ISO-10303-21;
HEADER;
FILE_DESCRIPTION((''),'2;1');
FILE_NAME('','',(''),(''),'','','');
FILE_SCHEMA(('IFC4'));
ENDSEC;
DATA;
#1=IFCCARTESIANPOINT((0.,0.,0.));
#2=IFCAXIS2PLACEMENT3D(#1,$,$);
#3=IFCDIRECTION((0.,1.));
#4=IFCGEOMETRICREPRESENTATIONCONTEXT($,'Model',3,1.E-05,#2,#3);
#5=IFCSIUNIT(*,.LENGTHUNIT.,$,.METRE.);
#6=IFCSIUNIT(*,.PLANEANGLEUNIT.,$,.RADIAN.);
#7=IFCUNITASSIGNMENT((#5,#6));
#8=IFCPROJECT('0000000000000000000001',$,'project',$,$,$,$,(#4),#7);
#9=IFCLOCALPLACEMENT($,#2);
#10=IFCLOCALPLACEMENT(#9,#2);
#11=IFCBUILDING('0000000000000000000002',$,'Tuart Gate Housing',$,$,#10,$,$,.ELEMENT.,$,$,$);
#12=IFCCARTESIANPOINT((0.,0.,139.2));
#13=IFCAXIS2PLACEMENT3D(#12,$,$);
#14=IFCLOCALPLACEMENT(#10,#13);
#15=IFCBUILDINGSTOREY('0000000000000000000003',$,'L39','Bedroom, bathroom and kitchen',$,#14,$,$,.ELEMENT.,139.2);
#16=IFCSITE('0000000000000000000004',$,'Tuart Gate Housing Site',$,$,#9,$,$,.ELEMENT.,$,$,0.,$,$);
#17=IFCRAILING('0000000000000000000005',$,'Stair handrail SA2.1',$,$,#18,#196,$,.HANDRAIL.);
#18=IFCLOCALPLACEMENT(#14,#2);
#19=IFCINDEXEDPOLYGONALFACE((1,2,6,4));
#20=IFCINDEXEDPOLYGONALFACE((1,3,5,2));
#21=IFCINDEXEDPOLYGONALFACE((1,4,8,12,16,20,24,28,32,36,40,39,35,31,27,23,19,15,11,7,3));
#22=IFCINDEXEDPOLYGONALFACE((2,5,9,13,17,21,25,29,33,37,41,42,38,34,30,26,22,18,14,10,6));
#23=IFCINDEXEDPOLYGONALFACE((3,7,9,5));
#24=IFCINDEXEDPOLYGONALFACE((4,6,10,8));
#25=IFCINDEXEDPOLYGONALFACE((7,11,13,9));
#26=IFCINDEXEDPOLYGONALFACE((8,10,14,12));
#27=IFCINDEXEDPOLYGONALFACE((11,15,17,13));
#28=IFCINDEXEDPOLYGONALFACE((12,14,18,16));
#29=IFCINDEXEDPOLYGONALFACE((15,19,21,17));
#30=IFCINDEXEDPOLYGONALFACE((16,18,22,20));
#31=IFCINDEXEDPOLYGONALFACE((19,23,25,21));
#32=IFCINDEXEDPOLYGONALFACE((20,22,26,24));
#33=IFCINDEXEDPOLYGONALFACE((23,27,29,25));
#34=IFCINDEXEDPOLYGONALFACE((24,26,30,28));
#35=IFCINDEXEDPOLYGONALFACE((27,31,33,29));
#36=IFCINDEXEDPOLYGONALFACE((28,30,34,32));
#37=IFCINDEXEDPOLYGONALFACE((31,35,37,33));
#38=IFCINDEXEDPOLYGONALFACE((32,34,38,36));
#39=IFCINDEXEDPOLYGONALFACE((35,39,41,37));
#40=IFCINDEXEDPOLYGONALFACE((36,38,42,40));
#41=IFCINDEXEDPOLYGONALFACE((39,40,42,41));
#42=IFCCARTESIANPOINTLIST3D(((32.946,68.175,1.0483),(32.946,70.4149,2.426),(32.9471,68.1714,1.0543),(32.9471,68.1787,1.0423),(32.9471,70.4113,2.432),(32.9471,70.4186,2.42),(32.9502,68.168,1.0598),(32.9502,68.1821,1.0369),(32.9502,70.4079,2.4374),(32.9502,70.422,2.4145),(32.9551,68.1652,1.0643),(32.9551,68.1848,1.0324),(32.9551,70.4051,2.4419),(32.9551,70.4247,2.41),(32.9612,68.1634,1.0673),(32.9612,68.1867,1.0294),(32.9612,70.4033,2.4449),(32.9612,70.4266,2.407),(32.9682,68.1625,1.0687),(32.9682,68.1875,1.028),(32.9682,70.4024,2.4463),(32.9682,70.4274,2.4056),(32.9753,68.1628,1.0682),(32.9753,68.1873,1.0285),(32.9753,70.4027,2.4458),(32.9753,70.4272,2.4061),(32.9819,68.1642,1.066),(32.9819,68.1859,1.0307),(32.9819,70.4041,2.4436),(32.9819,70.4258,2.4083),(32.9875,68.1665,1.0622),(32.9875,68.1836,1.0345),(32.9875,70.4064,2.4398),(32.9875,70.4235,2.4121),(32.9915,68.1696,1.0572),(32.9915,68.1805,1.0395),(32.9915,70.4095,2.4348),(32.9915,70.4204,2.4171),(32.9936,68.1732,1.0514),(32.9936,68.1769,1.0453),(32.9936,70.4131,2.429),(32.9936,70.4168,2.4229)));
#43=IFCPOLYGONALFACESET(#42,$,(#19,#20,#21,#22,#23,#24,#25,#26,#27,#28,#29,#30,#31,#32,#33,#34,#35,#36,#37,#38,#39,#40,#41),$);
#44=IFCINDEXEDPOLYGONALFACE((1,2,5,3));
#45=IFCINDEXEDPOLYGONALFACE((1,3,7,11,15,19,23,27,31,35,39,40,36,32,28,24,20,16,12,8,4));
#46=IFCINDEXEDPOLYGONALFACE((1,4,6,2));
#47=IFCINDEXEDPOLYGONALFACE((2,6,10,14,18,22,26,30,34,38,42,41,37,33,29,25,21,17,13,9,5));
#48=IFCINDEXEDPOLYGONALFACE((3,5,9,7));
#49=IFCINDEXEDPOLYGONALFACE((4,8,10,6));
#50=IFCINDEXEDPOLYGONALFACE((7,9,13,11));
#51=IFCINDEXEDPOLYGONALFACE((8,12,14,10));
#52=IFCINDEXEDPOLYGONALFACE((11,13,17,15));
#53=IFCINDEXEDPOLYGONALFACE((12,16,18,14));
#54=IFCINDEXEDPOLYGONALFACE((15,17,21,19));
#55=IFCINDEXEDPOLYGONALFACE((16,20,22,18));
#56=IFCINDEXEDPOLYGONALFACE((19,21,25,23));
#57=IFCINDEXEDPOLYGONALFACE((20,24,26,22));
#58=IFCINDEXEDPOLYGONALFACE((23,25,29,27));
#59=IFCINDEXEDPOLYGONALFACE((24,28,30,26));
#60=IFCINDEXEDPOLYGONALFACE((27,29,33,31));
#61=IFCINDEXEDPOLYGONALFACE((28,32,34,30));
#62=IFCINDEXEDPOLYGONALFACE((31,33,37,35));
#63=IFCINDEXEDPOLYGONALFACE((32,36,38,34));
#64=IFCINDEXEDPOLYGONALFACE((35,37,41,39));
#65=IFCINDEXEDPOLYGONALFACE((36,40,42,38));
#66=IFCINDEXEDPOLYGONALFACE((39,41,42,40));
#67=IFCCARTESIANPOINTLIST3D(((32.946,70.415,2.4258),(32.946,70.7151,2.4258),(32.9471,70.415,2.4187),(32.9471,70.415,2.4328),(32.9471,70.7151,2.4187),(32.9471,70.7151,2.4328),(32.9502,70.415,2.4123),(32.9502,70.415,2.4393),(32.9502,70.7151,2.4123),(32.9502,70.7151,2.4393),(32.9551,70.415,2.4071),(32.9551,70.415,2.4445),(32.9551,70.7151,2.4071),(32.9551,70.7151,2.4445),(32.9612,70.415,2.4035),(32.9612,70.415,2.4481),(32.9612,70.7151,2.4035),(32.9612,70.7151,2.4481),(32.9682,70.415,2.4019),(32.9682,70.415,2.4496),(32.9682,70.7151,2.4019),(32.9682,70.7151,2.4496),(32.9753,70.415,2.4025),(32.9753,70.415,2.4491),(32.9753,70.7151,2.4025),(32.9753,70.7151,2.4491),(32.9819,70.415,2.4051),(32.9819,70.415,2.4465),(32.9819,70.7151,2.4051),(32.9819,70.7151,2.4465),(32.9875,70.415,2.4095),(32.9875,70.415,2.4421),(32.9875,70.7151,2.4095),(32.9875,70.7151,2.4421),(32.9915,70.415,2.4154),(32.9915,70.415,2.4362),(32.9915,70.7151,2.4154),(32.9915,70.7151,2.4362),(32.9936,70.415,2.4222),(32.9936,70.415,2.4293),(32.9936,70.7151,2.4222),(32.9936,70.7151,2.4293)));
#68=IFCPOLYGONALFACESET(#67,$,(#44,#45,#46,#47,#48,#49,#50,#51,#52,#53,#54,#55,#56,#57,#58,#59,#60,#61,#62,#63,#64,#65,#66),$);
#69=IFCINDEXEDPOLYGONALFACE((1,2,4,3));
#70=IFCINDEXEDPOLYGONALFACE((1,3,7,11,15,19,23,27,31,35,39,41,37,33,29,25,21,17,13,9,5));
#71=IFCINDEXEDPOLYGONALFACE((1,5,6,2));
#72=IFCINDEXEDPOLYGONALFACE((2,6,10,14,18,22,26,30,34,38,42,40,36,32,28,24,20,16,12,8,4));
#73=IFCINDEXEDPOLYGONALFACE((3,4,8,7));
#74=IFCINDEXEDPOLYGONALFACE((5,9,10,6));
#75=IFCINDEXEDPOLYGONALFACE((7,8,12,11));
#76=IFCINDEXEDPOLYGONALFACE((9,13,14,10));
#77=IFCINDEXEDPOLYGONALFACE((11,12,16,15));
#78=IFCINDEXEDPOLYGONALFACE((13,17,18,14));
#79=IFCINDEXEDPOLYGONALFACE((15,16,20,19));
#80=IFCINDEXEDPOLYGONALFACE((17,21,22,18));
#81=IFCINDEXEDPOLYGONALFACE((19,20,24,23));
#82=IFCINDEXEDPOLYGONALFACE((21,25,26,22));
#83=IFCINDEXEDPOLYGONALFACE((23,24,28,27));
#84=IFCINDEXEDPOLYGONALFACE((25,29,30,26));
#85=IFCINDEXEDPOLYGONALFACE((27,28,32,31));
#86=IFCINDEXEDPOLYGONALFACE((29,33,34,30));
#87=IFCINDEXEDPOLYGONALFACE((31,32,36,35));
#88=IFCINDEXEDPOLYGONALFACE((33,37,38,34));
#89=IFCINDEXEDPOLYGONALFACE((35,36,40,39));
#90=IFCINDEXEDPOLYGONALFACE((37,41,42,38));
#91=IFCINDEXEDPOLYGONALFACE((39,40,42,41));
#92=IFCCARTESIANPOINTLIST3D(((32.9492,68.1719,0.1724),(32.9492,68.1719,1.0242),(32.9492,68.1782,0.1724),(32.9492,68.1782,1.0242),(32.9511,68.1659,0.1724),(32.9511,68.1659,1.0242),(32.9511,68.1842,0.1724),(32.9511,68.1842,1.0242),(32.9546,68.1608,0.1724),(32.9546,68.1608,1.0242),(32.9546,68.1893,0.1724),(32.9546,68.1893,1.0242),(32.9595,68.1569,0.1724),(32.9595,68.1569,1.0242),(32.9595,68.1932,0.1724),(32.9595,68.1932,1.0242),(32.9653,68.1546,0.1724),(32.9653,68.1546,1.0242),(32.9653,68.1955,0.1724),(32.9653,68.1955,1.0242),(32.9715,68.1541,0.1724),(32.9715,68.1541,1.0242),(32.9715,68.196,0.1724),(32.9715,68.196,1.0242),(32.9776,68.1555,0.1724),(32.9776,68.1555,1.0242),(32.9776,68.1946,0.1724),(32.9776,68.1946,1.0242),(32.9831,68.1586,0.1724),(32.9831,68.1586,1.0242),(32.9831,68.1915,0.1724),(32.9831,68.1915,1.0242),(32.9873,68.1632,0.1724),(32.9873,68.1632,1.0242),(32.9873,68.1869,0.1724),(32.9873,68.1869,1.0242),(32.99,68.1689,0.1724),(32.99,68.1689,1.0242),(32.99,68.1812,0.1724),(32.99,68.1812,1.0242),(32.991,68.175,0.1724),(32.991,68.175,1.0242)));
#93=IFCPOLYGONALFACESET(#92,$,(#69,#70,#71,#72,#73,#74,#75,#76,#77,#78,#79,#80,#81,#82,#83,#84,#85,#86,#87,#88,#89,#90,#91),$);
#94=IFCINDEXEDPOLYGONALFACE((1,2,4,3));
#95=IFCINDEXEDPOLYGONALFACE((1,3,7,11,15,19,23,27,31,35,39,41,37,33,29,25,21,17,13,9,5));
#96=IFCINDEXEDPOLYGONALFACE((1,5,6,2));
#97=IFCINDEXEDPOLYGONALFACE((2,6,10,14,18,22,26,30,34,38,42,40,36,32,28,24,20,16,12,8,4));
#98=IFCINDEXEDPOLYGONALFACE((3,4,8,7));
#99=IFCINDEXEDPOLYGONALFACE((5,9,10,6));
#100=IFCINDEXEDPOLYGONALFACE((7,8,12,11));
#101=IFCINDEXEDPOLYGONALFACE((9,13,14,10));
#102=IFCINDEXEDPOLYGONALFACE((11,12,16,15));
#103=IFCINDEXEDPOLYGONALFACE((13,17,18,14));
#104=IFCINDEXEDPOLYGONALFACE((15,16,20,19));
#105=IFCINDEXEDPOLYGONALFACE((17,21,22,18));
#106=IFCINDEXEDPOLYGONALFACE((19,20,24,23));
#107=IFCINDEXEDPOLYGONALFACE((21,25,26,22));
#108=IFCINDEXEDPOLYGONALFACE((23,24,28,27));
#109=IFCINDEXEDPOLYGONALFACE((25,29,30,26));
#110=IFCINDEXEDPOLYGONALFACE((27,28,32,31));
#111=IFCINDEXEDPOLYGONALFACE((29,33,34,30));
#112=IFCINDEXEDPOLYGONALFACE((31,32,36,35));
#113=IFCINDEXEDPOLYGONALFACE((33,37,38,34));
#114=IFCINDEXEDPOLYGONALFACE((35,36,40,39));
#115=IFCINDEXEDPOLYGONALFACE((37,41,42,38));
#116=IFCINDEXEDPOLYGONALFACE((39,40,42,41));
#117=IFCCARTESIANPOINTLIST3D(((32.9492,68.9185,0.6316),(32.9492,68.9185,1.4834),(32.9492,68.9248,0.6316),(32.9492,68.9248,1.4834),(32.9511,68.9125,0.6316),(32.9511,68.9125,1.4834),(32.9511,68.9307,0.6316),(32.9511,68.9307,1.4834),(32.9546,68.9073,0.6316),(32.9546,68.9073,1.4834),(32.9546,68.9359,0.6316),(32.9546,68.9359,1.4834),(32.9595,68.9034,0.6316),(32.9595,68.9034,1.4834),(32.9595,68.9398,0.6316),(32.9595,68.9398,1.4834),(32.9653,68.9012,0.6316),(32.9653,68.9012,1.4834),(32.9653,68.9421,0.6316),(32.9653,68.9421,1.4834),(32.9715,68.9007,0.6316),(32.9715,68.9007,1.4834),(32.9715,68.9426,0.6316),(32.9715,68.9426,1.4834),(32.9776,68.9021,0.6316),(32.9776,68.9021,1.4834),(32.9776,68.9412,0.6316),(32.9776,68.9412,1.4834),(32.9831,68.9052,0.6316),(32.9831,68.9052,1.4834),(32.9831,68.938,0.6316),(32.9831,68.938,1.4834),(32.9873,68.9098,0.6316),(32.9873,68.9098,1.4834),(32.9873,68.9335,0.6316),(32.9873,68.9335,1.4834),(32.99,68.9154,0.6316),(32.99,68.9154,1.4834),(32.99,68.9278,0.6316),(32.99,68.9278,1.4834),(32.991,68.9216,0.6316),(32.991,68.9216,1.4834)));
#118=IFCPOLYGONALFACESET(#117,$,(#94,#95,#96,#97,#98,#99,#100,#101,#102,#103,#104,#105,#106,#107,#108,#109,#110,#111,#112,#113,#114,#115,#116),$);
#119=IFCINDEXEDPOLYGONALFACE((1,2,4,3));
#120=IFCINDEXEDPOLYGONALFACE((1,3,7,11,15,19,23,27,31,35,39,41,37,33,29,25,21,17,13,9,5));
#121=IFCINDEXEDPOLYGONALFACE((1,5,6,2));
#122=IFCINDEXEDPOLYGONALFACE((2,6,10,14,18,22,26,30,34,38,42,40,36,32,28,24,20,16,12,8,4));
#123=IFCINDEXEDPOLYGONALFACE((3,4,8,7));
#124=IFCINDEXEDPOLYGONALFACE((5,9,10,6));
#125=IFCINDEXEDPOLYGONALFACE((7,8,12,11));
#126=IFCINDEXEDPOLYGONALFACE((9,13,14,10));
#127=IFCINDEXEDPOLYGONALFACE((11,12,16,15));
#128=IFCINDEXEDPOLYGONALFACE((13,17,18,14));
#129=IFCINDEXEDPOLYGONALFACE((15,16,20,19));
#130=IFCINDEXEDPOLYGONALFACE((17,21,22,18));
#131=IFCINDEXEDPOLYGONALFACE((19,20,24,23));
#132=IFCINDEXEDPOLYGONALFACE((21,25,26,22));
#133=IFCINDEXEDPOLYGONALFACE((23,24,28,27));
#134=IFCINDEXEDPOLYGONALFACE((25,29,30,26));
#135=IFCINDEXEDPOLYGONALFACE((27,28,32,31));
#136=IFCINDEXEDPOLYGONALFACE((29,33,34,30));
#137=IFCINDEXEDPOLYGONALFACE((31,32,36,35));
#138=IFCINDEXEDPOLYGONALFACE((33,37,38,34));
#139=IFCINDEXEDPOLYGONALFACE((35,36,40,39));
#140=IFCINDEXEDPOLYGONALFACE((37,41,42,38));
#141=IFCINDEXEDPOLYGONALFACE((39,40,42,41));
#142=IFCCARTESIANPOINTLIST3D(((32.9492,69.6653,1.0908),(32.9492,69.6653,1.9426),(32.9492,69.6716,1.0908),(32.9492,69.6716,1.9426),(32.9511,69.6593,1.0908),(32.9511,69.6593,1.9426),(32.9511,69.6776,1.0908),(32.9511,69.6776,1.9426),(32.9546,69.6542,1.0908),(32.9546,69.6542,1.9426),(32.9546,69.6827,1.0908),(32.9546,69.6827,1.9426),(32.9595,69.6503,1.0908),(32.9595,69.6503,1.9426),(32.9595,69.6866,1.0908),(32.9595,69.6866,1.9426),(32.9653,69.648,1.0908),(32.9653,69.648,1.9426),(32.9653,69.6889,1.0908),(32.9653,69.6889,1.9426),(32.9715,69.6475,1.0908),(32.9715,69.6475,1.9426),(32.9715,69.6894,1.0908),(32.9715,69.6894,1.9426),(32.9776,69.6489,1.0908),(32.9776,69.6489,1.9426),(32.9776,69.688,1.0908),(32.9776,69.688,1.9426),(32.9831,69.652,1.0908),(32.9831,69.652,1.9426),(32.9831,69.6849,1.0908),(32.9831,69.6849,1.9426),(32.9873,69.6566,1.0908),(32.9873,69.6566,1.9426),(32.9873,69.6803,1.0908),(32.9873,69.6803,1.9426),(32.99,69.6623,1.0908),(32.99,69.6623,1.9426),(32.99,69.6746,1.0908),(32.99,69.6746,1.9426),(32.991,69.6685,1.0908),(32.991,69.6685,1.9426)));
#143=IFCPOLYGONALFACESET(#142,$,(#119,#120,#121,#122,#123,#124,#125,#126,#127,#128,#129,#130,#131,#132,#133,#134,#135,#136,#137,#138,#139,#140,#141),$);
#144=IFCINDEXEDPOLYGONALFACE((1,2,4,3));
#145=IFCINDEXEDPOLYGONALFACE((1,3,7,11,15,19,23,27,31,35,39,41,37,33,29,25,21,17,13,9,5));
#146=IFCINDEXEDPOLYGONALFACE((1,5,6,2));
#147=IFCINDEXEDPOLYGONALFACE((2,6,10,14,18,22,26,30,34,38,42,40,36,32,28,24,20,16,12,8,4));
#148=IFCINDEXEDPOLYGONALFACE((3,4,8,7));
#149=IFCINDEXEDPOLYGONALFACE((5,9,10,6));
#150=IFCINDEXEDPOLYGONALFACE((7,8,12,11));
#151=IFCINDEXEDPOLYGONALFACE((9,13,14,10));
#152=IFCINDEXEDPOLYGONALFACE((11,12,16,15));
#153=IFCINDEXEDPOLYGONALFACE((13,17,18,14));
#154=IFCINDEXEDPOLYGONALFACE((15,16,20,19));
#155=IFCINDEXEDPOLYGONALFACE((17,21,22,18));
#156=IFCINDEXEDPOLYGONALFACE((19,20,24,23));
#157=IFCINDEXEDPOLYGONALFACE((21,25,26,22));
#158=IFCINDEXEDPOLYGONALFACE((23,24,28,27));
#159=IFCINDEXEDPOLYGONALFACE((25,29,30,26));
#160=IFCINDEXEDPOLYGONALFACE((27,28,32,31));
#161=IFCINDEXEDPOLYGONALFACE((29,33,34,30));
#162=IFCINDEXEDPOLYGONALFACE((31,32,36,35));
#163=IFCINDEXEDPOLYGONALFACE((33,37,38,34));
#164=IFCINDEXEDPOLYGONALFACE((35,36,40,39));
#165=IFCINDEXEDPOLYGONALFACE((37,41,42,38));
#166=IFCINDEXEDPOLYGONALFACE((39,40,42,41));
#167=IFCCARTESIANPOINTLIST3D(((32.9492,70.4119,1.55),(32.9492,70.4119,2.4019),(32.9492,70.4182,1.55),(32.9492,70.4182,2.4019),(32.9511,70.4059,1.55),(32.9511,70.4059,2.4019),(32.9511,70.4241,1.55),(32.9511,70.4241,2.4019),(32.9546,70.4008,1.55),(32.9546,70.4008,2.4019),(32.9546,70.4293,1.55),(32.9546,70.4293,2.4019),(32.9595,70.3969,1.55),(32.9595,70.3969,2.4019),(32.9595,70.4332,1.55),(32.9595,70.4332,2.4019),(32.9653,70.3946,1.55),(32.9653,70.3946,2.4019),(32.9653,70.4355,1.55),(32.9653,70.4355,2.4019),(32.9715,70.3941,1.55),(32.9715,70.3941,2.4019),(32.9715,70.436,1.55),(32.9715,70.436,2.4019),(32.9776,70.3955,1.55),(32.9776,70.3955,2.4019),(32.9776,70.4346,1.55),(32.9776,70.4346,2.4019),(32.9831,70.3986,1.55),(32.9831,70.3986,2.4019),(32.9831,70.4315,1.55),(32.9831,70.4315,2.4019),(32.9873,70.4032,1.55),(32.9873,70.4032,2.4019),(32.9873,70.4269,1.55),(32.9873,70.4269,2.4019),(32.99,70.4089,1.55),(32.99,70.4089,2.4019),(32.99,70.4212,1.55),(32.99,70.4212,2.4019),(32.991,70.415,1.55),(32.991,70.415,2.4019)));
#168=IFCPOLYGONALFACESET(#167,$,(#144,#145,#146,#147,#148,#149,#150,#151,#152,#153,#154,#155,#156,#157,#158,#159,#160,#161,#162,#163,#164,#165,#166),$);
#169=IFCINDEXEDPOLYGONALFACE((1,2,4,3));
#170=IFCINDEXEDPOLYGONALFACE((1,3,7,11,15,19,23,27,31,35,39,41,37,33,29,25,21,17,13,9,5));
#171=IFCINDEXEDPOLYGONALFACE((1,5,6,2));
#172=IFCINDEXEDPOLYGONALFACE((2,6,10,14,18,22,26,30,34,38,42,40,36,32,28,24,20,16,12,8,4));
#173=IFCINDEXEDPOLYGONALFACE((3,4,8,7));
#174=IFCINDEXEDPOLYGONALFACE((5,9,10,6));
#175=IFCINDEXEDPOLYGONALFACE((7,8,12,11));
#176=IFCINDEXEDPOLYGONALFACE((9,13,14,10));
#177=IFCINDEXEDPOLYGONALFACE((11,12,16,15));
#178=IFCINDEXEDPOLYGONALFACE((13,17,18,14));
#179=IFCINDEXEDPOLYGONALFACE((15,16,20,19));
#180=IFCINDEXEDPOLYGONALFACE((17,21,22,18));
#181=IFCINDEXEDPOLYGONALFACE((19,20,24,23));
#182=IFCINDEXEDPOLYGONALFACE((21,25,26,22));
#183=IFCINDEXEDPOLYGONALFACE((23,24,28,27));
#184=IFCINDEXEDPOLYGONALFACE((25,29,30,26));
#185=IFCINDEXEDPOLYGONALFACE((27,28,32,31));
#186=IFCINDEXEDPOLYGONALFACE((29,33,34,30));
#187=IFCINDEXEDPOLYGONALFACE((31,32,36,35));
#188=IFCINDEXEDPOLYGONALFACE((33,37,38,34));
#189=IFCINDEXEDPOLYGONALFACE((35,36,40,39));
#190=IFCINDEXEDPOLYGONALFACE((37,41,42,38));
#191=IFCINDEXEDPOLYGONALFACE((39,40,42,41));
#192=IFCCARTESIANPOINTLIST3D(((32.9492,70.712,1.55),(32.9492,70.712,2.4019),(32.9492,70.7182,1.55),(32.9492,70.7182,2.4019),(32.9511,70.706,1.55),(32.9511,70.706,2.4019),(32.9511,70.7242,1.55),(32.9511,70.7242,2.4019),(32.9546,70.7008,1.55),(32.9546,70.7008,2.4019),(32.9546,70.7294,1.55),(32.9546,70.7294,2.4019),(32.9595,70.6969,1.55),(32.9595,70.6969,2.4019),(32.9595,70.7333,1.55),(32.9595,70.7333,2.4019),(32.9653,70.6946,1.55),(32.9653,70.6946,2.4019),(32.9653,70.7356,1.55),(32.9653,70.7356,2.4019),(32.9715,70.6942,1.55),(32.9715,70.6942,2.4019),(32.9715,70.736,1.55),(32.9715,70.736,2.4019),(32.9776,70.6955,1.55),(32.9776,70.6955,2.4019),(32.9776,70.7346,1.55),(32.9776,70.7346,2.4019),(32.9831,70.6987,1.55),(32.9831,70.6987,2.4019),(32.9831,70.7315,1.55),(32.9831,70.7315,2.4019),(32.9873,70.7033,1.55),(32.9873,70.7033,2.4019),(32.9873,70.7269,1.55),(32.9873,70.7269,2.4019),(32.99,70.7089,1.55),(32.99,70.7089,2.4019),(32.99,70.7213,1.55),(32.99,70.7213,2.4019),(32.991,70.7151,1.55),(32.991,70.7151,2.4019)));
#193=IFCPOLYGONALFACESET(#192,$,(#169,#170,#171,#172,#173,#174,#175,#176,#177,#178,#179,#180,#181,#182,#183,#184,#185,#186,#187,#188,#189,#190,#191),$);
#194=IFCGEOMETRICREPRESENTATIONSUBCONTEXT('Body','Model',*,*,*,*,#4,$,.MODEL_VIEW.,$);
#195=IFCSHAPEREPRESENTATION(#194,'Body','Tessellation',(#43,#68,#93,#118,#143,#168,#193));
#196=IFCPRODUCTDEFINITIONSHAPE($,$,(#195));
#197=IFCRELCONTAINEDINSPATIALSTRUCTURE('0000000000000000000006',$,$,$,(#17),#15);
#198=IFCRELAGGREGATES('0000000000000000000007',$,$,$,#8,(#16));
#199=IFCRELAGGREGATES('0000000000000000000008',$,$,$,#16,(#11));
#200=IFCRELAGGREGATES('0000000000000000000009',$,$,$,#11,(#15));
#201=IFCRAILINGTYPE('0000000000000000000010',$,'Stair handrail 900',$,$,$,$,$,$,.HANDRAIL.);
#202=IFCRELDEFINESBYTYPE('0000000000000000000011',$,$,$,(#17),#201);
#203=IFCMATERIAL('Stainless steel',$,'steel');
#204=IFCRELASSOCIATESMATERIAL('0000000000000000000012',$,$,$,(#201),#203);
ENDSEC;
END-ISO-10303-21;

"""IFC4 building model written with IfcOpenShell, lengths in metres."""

from ifc_helpers import new_model, si_unit, direction, frame, origin, origin_2d, place, context, subcontext, project, spatial, circle, extrude, material, type_object, element, save


model = new_model("IFC4")

# Units and contexts
model_context = context("Model", 3, precision=1e-05, world=origin(), true_north=direction((0.0, 1.0)))
body_context = subcontext(model_context, "Body", "Model", "MODEL_VIEW")
ifc_project = project(units=[si_unit("LENGTHUNIT", "METRE"), si_unit("PLANEANGLEUNIT", "RADIAN")], contexts=[model_context])

# Site, building, storey
site_placement = place(None, origin())
site = spatial("IfcSite", under=ifc_project, at=site_placement, Name="Tuart Gate Housing Site", CompositionType="ELEMENT", RefElevation=0.0)
building_placement = place(site_placement, origin())
building = spatial("IfcBuilding", under=site, at=building_placement, Name="Tuart Gate Housing", CompositionType="ELEMENT")
storey_placement = place(building_placement, frame((0.0, 0.0, 139.2)))
storey = spatial("IfcBuildingStorey", under=building, at=storey_placement, Name="L39", Description="Bedroom, bathroom and kitchen", CompositionType="ELEMENT", Elevation=139.2)

# Railing
ifc_material_1 = material(Name="Stainless steel", Category="steel")
railing_type = type_object("IfcRailingType", Name="Stair handrail 900", PredefinedType="HANDRAIL", material=ifc_material_1)
railing_placement = place(storey_placement, frame((32.97, 68.175, 0.1724)))
element("IfcRailing", 1, at=railing_placement, inside=storey, type_object=railing_type, Name="Stair handrail SA2.1", PredefinedType="HANDRAIL", context=body_context, shape_type="SweptSolid", body=[
    extrude(circle(Radius=0.0239, at=origin_2d()), frame((0.0, 0.0, 0.876), z_axis=(0.0, 0.851789, 0.523885), x_axis=(-1.0, 0.0, 0.0)), (0.0, 0.0, 1.0), 2.6296),
    extrude(circle(Radius=0.0239, at=origin_2d()), frame((0.0, 2.24, 2.2534), z_axis=(0.0, 1.0, 0.0), x_axis=(-1.0, 0.0, 0.0)), (0.0, 0.0, 1.0), 0.3),
    extrude(circle(Radius=0.021, at=origin_2d()), origin(), (0.0, 0.0, 1.0), 0.8518),
    extrude(circle(Radius=0.021, at=origin_2d()), frame((0.0, 0.7466, 0.4592)), (0.0, 0.0, 1.0), 0.8518),
    extrude(circle(Radius=0.021, at=origin_2d()), frame((0.0, 1.4934, 0.9185)), (0.0, 0.0, 1.0), 0.8518),
    extrude(circle(Radius=0.021, at=origin_2d()), frame((0.0, 2.24, 1.3777)), (0.0, 0.0, 1.0), 0.8518),
    extrude(circle(Radius=0.021, at=origin_2d()), frame((0.0, 2.54, 1.3777)), (0.0, 0.0, 1.0), 0.8518),
])

save(model, "model.ifc")
